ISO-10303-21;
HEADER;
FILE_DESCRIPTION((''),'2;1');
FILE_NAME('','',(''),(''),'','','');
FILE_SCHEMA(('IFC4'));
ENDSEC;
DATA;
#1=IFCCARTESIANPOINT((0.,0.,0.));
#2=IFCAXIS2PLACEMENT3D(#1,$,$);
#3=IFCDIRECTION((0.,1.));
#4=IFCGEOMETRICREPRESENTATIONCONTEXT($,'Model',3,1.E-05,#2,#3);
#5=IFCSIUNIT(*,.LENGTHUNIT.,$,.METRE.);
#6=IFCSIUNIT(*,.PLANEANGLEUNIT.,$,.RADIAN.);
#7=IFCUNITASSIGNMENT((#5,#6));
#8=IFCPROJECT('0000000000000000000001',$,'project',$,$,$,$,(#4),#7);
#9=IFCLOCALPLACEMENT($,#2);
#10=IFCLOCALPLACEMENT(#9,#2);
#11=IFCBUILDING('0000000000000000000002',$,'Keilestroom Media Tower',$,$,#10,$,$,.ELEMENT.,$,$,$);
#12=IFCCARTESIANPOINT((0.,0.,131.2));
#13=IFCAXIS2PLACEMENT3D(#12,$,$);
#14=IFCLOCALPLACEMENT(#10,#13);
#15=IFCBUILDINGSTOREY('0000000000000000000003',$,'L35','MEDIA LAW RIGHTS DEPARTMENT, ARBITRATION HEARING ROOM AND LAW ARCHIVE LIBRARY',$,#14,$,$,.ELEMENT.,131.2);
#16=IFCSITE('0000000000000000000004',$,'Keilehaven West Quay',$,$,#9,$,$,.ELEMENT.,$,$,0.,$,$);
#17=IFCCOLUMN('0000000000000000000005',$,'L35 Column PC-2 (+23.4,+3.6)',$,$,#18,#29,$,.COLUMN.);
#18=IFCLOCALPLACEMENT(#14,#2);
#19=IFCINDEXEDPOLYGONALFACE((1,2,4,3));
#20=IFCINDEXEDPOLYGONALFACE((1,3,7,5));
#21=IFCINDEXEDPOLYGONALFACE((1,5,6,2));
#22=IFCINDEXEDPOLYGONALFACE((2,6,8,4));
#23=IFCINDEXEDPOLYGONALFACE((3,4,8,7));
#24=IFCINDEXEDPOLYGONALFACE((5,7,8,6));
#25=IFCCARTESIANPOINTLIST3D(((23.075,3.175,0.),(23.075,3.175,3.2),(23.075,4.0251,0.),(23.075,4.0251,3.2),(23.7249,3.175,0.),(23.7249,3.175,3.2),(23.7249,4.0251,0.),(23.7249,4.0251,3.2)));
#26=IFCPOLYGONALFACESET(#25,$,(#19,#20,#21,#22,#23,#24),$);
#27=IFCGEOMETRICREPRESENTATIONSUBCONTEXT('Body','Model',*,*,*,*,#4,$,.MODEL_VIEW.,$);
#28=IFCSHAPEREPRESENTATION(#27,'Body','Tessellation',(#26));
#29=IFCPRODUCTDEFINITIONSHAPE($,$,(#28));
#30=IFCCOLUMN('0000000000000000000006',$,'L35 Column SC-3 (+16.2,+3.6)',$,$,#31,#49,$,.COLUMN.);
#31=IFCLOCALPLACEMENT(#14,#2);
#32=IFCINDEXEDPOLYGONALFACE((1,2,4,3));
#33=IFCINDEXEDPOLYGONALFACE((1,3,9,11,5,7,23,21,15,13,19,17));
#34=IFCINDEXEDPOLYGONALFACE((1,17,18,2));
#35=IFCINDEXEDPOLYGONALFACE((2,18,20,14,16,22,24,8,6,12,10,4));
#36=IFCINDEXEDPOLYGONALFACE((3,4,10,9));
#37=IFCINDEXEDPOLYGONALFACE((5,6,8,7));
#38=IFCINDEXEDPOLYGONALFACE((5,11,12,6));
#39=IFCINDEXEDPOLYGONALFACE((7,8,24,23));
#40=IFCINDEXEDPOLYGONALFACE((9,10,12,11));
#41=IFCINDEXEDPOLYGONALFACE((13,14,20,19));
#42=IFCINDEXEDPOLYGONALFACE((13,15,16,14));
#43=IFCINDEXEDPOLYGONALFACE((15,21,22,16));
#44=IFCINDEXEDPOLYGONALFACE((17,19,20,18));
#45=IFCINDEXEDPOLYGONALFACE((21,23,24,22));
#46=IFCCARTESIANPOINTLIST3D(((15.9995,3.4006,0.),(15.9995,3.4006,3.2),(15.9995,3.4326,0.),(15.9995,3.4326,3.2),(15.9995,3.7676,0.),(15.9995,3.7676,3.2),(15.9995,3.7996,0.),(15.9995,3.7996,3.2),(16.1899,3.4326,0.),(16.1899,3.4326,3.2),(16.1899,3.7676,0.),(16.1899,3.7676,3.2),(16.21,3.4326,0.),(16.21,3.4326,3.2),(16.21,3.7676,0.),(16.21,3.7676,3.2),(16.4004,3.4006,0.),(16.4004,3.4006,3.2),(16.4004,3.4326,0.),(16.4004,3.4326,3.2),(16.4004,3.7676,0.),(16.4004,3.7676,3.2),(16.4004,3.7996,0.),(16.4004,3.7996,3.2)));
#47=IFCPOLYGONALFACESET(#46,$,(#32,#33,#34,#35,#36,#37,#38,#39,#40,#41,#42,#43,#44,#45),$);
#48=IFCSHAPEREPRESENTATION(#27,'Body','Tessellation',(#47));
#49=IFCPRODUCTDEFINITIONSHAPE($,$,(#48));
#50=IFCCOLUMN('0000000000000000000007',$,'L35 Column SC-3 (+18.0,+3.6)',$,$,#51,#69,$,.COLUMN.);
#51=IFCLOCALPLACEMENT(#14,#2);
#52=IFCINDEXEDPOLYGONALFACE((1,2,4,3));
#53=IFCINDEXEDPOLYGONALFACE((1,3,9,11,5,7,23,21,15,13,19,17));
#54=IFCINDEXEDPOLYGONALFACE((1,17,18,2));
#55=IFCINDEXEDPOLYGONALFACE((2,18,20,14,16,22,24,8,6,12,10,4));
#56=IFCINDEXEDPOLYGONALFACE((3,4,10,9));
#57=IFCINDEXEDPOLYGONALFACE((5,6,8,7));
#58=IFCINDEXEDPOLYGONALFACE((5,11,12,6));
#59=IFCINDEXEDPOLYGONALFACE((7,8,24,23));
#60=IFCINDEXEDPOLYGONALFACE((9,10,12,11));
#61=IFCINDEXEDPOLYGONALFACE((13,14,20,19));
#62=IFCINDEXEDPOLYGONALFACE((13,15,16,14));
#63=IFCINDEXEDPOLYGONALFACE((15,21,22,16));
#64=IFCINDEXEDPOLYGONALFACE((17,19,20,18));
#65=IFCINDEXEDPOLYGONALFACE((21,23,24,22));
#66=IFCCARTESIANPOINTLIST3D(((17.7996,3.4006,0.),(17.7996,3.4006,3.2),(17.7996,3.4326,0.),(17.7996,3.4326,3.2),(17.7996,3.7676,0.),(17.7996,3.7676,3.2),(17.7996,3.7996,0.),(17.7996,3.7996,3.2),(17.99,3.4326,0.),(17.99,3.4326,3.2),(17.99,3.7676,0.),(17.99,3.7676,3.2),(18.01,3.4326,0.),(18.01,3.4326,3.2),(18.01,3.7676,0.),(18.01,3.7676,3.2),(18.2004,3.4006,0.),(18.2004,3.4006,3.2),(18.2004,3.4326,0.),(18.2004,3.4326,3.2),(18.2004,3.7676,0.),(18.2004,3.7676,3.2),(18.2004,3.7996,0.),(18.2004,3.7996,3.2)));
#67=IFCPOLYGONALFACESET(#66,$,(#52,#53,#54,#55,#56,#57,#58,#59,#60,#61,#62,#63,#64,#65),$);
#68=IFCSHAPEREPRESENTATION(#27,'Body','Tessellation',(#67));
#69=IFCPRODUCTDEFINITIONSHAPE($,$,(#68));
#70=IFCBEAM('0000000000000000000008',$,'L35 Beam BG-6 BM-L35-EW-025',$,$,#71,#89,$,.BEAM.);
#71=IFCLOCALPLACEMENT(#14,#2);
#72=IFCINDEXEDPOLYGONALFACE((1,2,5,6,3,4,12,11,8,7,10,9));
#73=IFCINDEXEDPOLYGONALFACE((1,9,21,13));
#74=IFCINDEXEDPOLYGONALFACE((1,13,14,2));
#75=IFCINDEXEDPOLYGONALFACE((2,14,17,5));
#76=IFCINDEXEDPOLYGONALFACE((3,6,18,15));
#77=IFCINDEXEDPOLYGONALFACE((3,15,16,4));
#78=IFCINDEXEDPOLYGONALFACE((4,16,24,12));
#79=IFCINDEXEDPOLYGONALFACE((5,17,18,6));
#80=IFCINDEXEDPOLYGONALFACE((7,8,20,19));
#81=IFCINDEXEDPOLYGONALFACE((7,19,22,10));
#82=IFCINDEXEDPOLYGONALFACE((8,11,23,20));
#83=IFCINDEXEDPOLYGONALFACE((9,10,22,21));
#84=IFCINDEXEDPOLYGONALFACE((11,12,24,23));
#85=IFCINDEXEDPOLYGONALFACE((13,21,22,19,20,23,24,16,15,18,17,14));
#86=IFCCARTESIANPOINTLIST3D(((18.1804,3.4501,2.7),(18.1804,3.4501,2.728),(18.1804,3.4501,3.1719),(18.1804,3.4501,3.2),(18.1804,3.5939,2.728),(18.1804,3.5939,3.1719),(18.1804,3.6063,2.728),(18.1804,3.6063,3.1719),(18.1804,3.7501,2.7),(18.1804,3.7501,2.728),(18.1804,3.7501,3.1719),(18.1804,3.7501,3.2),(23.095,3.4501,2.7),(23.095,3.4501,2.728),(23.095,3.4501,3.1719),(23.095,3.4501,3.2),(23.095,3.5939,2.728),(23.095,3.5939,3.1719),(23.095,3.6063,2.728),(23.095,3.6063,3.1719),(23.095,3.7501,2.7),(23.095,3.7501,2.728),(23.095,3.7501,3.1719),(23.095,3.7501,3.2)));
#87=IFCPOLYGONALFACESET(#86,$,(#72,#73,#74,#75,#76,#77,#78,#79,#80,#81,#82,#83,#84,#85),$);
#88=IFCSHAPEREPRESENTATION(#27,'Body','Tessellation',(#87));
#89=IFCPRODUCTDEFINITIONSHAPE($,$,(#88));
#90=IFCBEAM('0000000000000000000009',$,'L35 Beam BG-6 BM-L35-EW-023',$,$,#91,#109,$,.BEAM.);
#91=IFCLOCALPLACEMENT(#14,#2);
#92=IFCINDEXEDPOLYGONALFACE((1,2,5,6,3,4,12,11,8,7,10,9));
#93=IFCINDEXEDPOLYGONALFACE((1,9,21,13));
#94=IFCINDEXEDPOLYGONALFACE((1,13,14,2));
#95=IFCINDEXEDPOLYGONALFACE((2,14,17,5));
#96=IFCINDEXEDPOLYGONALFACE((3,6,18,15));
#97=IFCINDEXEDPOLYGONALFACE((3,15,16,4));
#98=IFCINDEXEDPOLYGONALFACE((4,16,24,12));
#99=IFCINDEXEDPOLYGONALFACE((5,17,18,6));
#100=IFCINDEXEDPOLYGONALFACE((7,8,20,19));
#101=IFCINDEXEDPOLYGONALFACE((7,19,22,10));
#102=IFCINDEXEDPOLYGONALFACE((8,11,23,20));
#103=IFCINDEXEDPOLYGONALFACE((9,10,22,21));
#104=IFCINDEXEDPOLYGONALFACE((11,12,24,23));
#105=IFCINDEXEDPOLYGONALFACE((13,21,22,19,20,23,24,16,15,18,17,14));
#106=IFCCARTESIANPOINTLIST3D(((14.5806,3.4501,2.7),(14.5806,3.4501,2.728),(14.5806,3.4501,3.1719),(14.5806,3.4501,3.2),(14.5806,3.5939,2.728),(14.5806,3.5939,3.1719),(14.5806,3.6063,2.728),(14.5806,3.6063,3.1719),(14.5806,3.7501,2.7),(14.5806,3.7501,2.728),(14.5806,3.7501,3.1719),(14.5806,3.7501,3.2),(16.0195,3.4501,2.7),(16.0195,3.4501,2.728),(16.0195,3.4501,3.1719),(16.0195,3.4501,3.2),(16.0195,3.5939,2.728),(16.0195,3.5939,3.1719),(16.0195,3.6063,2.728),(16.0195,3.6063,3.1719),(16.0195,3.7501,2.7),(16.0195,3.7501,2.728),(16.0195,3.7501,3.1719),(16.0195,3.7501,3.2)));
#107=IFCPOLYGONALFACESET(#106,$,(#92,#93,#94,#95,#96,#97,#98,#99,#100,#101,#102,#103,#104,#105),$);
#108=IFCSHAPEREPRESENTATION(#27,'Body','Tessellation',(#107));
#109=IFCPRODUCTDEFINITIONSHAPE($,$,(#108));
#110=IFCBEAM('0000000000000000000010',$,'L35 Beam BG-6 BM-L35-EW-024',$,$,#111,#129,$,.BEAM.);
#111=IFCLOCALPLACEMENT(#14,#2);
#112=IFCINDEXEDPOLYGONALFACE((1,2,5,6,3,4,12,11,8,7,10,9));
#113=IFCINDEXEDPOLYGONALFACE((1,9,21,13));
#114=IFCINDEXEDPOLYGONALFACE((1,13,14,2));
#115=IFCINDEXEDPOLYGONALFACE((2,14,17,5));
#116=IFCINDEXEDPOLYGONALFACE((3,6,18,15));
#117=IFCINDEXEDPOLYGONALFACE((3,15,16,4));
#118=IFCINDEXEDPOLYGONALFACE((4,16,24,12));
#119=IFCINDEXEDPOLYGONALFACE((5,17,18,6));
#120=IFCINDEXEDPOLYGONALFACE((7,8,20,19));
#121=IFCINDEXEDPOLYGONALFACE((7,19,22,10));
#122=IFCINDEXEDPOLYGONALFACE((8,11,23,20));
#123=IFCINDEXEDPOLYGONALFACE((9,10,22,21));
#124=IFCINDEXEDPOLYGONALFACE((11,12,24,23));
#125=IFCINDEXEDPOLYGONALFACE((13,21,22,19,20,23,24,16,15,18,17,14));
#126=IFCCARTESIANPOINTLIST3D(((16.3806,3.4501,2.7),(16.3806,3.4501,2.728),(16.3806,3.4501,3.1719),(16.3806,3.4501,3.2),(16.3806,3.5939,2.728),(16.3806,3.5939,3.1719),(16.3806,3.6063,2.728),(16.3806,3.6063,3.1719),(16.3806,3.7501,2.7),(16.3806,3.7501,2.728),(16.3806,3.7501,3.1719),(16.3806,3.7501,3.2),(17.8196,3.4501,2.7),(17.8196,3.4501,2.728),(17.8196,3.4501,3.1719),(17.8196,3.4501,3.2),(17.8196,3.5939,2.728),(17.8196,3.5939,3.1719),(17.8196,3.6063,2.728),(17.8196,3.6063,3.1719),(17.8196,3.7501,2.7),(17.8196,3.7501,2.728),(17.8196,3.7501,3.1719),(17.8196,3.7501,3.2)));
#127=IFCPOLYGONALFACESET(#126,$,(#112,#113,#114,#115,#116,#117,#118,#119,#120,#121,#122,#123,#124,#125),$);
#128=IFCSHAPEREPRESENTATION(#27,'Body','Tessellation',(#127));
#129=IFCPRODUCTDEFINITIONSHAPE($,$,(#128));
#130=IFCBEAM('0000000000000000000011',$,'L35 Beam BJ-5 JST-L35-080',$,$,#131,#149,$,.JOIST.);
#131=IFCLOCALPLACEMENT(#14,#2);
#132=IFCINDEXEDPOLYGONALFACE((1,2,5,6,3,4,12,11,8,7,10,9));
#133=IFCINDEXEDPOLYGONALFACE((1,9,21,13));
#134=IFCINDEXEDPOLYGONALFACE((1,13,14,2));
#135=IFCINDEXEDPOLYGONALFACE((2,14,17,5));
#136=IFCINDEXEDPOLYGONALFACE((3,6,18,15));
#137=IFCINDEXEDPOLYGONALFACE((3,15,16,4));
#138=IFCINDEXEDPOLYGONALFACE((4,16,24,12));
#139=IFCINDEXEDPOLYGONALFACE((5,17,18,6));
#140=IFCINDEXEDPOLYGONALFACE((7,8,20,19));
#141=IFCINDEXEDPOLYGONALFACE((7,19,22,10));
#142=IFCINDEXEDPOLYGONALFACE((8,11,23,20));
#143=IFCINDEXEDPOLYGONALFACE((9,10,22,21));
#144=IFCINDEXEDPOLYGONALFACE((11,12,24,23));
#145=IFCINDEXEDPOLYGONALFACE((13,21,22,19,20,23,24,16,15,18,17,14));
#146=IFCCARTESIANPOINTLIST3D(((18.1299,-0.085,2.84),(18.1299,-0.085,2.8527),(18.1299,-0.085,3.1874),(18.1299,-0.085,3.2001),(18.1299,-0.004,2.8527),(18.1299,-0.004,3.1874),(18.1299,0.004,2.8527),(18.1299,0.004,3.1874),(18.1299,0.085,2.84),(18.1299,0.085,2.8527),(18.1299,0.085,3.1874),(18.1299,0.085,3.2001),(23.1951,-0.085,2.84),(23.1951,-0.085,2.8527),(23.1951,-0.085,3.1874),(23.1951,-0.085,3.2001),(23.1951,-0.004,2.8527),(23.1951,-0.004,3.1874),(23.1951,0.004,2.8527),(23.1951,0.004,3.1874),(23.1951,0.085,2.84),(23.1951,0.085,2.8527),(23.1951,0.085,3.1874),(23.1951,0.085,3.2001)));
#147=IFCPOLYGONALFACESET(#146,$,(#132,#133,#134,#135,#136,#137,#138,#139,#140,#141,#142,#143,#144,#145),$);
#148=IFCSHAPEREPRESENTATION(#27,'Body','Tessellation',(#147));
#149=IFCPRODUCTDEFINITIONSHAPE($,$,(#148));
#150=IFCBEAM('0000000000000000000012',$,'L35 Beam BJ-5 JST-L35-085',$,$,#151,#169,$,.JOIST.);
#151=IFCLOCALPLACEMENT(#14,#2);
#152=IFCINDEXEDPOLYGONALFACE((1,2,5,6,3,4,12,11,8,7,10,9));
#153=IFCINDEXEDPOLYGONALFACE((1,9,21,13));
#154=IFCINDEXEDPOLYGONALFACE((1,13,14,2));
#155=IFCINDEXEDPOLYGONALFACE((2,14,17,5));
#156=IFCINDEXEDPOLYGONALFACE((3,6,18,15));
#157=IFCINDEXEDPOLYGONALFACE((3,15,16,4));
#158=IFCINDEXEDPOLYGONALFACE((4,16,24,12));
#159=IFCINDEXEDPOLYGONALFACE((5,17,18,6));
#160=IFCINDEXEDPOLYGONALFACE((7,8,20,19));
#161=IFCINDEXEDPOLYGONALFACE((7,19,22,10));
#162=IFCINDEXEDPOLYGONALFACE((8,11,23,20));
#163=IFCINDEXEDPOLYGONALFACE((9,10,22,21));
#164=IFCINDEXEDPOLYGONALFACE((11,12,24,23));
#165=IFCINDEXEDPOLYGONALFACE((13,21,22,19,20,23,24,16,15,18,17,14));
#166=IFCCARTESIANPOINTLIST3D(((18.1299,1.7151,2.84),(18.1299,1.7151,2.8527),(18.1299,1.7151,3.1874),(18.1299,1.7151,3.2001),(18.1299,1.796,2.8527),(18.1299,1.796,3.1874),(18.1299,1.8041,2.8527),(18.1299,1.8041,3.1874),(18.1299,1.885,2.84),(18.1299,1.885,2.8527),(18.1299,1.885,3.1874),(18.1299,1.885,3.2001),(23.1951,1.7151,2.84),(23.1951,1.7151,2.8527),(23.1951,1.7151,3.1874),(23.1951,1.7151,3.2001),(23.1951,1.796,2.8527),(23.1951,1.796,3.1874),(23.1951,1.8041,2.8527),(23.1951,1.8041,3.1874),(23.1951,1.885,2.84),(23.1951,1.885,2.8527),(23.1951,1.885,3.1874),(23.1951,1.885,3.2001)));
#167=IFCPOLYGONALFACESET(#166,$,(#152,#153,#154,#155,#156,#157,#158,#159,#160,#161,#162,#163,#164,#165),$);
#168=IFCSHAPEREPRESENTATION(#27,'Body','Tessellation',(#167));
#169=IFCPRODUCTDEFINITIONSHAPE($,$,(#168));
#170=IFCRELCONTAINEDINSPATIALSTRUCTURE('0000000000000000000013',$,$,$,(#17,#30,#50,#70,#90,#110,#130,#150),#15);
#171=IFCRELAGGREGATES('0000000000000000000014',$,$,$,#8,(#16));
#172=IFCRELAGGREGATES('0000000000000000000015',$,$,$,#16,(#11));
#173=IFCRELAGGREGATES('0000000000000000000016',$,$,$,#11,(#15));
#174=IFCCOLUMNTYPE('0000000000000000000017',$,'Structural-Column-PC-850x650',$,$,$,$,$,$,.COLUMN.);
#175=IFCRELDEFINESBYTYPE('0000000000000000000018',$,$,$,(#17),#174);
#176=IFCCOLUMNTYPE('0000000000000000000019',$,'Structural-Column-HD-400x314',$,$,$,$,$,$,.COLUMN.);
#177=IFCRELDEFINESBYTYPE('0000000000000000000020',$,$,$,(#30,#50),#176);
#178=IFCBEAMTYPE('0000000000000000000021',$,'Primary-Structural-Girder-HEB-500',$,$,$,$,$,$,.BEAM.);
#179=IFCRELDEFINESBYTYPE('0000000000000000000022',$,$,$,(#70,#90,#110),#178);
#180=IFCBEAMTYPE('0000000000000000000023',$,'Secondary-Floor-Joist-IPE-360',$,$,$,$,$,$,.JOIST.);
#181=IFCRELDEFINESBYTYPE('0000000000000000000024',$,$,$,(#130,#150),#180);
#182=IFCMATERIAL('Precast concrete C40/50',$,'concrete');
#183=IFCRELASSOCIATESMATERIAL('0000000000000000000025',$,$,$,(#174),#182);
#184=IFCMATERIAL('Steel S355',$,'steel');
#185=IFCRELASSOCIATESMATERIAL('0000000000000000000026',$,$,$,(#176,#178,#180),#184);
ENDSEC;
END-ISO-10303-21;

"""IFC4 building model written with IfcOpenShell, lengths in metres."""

from ifc_helpers import new_model, si_unit, direction, frame, origin, origin_2d, place, context, subcontext, project, spatial, rectangle, i_section, extrude, source, transform, mapped, material, material_profile, profile_set, type_object, element, save


model = new_model("IFC4")

# Units and contexts
model_context = context("Model", 3, precision=1e-05, world=origin(), true_north=direction((0.0, 1.0)))
body_context = subcontext(model_context, "Body", "Model", "MODEL_VIEW")
ifc_project = project(units=[si_unit("LENGTHUNIT", "METRE"), si_unit("PLANEANGLEUNIT", "RADIAN")], contexts=[model_context])

# Site, building, storey
site_placement = place(None, origin())
site = spatial("IfcSite", under=ifc_project, at=site_placement, Name="Keilehaven West Quay", CompositionType="ELEMENT", RefElevation=0.0)
building_placement = place(site_placement, origin())
building = spatial("IfcBuilding", under=site, at=building_placement, Name="Keilestroom Media Tower", CompositionType="ELEMENT")
storey_placement = place(building_placement, frame((0.0, 0.0, 131.2)))
storey = spatial("IfcBuildingStorey", under=building, at=storey_placement, Name="L35", Description="MEDIA LAW RIGHTS DEPARTMENT, ARBITRATION HEARING ROOM AND LAW ARCHIVE LIBRARY", CompositionType="ELEMENT", Elevation=131.2)

# Columns
ifc_material_1 = material(Name="Precast concrete C40/50", Category="concrete")
ifc_material_profile_1 = material_profile(ifc_material_1, rectangle(XDim=0.6499, YDim=0.8501, at=origin_2d()), Name="PC 850x650")
ifc_profile_set_1 = profile_set([ifc_material_profile_1], Name="Precast concrete C40/50")
column_type_1 = type_object("IfcColumnType", Name="Structural-Column-PC-850x650", PredefinedType="COLUMN", material=ifc_profile_set_1)
shared_shape_1 = source(origin(), body_context, "Body", "SweptSolid", [
    extrude(rectangle(XDim=0.6499, YDim=0.8501, at=origin_2d()), origin(), (0.0, 0.0, 1.0), 3.2),
])
column_placement = place(storey_placement, frame((23.3999, 3.6001, 0.0), z_axis=(0.0, 0.0, 1.0), x_axis=(1.0, 0.0, 0.0)))
element("IfcColumn", 1, at=column_placement, inside=storey, type_object=column_type_1, Name="L35 Column PC-2 (+23.4,+3.6)", PredefinedType="COLUMN", context=body_context, shape_type="MappedRepresentation", body=[
    mapped(shared_shape_1, transform((0.0, 0.0, 0.0), x_axis=(1.0, 0.0, 0.0), y_axis=(0.0, 1.0, 0.0), z_axis=(0.0, 0.0, 1.0), scale=1.0)),
])
ifc_material_2 = material(Name="Steel S355", Category="steel")
ifc_material_profile_2 = material_profile(ifc_material_2, i_section(OverallWidth=0.4009, OverallDepth=0.3989, WebThickness=0.02, FlangeThickness=0.032, at=origin_2d()), Name="HD 400x314")
ifc_profile_set_2 = profile_set([ifc_material_profile_2], Name="Steel S355")
column_type_2 = type_object("IfcColumnType", Name="Structural-Column-HD-400x314", PredefinedType="COLUMN", material=ifc_profile_set_2)
shared_shape_2 = source(origin(), body_context, "Body", "SweptSolid", [
    extrude(i_section(OverallWidth=0.4009, OverallDepth=0.3989, WebThickness=0.02, FlangeThickness=0.032, at=origin_2d()), origin(), (0.0, 0.0, 1.0), 3.2),
])
for number, where, z_axis, x_axis, name in (
    (2, (16.2, 3.6001, 0.0), (0.0, 0.0, 1.0), (1.0, 0.0, 0.0), "L35 Column SC-3 (+16.2,+3.6)"),
    (3, (18.0, 3.6001, 0.0), (0.0, 0.0, 1.0), (1.0, 0.0, 0.0), "L35 Column SC-3 (+18.0,+3.6)"),
):
    element("IfcColumn", number, at=place(storey_placement, frame(where, z_axis=z_axis, x_axis=x_axis)), inside=storey, type_object=column_type_2, Name=name, PredefinedType="COLUMN", context=body_context, shape_type="MappedRepresentation", body=[
        mapped(shared_shape_2, transform((0.0, 0.0, 0.0), x_axis=(1.0, 0.0, 0.0), y_axis=(0.0, 1.0, 0.0), z_axis=(0.0, 0.0, 1.0), scale=1.0)),
    ])

# Beams
ifc_material_profile_3 = material_profile(ifc_material_2, i_section(OverallWidth=0.3, OverallDepth=0.5, WebThickness=0.0125, FlangeThickness=0.0281, at=origin_2d()), Name="HEB 500")
ifc_profile_set_3 = profile_set([ifc_material_profile_3], Name="Steel S355")
beam_type_1 = type_object("IfcBeamType", Name="Primary-Structural-Girder-HEB-500", PredefinedType="BEAM", material=ifc_profile_set_3)
shared_shape_3 = source(origin(), body_context, "Body", "SweptSolid", [
    extrude(i_section(OverallWidth=0.3, OverallDepth=0.5, WebThickness=0.0125, FlangeThickness=0.0281, at=origin_2d()), origin(), (0.0, 0.0, 1.0), 4.9146),
])
beam_1_placement = place(storey_placement, frame((18.1804, 3.6001, 2.95), z_axis=(1.0, 0.0, 0.0), x_axis=(0.0, 1.0, 0.0)))
element("IfcBeam", 4, at=beam_1_placement, inside=storey, type_object=beam_type_1, Name="L35 Beam BG-6 BM-L35-EW-025", PredefinedType="BEAM", context=body_context, shape_type="MappedRepresentation", body=[
    mapped(shared_shape_3, transform((0.0, 0.0, 0.0), x_axis=(1.0, 0.0, 0.0), y_axis=(0.0, 1.0, 0.0), z_axis=(0.0, 0.0, 1.0), scale=1.0)),
])
shared_shape_4 = source(origin(), body_context, "Body", "SweptSolid", [
    extrude(i_section(OverallWidth=0.3, OverallDepth=0.5, WebThickness=0.0125, FlangeThickness=0.0281, at=origin_2d()), origin(), (0.0, 0.0, 1.0), 1.439),
])
for number, where, z_axis, x_axis, name in (
    (5, (14.5806, 3.6001, 2.95), (1.0, 0.0, 0.0), (0.0, 1.0, 0.0), "L35 Beam BG-6 BM-L35-EW-023"),
    (6, (16.3806, 3.6001, 2.95), (1.0, 0.0, 0.0), (0.0, 1.0, 0.0), "L35 Beam BG-6 BM-L35-EW-024"),
):
    element("IfcBeam", number, at=place(storey_placement, frame(where, z_axis=z_axis, x_axis=x_axis)), inside=storey, type_object=beam_type_1, Name=name, PredefinedType="BEAM", context=body_context, shape_type="MappedRepresentation", body=[
        mapped(shared_shape_4, transform((0.0, 0.0, 0.0), x_axis=(1.0, 0.0, 0.0), y_axis=(0.0, 1.0, 0.0), z_axis=(0.0, 0.0, 1.0), scale=1.0)),
    ])
ifc_material_profile_4 = material_profile(ifc_material_2, i_section(OverallWidth=0.1699, OverallDepth=0.3601, WebThickness=0.0081, FlangeThickness=0.0127, at=origin_2d()), Name="IPE 360")
ifc_profile_set_4 = profile_set([ifc_material_profile_4], Name="Steel S355")
beam_type_2 = type_object("IfcBeamType", Name="Secondary-Floor-Joist-IPE-360", PredefinedType="JOIST", material=ifc_profile_set_4)
shared_shape_5 = source(origin(), body_context, "Body", "SweptSolid", [
    extrude(i_section(OverallWidth=0.1699, OverallDepth=0.3601, WebThickness=0.0081, FlangeThickness=0.0127, at=origin_2d()), origin(), (0.0, 0.0, 1.0), 5.0652),
])
for number, where, z_axis, x_axis, name in (
    (7, (18.1299, 0.0, 3.02), (1.0, 0.0, 0.0), (0.0, 1.0, 0.0), "L35 Beam BJ-5 JST-L35-080"),
    (8, (18.1299, 1.8, 3.02), (1.0, 0.0, 0.0), (0.0, 1.0, 0.0), "L35 Beam BJ-5 JST-L35-085"),
):
    element("IfcBeam", number, at=place(storey_placement, frame(where, z_axis=z_axis, x_axis=x_axis)), inside=storey, type_object=beam_type_2, Name=name, PredefinedType="JOIST", context=body_context, shape_type="MappedRepresentation", body=[
        mapped(shared_shape_5, transform((0.0, 0.0, 0.0), x_axis=(1.0, 0.0, 0.0), y_axis=(0.0, 1.0, 0.0), z_axis=(0.0, 0.0, 1.0), scale=1.0)),
    ])

save(model, "model.ifc")
